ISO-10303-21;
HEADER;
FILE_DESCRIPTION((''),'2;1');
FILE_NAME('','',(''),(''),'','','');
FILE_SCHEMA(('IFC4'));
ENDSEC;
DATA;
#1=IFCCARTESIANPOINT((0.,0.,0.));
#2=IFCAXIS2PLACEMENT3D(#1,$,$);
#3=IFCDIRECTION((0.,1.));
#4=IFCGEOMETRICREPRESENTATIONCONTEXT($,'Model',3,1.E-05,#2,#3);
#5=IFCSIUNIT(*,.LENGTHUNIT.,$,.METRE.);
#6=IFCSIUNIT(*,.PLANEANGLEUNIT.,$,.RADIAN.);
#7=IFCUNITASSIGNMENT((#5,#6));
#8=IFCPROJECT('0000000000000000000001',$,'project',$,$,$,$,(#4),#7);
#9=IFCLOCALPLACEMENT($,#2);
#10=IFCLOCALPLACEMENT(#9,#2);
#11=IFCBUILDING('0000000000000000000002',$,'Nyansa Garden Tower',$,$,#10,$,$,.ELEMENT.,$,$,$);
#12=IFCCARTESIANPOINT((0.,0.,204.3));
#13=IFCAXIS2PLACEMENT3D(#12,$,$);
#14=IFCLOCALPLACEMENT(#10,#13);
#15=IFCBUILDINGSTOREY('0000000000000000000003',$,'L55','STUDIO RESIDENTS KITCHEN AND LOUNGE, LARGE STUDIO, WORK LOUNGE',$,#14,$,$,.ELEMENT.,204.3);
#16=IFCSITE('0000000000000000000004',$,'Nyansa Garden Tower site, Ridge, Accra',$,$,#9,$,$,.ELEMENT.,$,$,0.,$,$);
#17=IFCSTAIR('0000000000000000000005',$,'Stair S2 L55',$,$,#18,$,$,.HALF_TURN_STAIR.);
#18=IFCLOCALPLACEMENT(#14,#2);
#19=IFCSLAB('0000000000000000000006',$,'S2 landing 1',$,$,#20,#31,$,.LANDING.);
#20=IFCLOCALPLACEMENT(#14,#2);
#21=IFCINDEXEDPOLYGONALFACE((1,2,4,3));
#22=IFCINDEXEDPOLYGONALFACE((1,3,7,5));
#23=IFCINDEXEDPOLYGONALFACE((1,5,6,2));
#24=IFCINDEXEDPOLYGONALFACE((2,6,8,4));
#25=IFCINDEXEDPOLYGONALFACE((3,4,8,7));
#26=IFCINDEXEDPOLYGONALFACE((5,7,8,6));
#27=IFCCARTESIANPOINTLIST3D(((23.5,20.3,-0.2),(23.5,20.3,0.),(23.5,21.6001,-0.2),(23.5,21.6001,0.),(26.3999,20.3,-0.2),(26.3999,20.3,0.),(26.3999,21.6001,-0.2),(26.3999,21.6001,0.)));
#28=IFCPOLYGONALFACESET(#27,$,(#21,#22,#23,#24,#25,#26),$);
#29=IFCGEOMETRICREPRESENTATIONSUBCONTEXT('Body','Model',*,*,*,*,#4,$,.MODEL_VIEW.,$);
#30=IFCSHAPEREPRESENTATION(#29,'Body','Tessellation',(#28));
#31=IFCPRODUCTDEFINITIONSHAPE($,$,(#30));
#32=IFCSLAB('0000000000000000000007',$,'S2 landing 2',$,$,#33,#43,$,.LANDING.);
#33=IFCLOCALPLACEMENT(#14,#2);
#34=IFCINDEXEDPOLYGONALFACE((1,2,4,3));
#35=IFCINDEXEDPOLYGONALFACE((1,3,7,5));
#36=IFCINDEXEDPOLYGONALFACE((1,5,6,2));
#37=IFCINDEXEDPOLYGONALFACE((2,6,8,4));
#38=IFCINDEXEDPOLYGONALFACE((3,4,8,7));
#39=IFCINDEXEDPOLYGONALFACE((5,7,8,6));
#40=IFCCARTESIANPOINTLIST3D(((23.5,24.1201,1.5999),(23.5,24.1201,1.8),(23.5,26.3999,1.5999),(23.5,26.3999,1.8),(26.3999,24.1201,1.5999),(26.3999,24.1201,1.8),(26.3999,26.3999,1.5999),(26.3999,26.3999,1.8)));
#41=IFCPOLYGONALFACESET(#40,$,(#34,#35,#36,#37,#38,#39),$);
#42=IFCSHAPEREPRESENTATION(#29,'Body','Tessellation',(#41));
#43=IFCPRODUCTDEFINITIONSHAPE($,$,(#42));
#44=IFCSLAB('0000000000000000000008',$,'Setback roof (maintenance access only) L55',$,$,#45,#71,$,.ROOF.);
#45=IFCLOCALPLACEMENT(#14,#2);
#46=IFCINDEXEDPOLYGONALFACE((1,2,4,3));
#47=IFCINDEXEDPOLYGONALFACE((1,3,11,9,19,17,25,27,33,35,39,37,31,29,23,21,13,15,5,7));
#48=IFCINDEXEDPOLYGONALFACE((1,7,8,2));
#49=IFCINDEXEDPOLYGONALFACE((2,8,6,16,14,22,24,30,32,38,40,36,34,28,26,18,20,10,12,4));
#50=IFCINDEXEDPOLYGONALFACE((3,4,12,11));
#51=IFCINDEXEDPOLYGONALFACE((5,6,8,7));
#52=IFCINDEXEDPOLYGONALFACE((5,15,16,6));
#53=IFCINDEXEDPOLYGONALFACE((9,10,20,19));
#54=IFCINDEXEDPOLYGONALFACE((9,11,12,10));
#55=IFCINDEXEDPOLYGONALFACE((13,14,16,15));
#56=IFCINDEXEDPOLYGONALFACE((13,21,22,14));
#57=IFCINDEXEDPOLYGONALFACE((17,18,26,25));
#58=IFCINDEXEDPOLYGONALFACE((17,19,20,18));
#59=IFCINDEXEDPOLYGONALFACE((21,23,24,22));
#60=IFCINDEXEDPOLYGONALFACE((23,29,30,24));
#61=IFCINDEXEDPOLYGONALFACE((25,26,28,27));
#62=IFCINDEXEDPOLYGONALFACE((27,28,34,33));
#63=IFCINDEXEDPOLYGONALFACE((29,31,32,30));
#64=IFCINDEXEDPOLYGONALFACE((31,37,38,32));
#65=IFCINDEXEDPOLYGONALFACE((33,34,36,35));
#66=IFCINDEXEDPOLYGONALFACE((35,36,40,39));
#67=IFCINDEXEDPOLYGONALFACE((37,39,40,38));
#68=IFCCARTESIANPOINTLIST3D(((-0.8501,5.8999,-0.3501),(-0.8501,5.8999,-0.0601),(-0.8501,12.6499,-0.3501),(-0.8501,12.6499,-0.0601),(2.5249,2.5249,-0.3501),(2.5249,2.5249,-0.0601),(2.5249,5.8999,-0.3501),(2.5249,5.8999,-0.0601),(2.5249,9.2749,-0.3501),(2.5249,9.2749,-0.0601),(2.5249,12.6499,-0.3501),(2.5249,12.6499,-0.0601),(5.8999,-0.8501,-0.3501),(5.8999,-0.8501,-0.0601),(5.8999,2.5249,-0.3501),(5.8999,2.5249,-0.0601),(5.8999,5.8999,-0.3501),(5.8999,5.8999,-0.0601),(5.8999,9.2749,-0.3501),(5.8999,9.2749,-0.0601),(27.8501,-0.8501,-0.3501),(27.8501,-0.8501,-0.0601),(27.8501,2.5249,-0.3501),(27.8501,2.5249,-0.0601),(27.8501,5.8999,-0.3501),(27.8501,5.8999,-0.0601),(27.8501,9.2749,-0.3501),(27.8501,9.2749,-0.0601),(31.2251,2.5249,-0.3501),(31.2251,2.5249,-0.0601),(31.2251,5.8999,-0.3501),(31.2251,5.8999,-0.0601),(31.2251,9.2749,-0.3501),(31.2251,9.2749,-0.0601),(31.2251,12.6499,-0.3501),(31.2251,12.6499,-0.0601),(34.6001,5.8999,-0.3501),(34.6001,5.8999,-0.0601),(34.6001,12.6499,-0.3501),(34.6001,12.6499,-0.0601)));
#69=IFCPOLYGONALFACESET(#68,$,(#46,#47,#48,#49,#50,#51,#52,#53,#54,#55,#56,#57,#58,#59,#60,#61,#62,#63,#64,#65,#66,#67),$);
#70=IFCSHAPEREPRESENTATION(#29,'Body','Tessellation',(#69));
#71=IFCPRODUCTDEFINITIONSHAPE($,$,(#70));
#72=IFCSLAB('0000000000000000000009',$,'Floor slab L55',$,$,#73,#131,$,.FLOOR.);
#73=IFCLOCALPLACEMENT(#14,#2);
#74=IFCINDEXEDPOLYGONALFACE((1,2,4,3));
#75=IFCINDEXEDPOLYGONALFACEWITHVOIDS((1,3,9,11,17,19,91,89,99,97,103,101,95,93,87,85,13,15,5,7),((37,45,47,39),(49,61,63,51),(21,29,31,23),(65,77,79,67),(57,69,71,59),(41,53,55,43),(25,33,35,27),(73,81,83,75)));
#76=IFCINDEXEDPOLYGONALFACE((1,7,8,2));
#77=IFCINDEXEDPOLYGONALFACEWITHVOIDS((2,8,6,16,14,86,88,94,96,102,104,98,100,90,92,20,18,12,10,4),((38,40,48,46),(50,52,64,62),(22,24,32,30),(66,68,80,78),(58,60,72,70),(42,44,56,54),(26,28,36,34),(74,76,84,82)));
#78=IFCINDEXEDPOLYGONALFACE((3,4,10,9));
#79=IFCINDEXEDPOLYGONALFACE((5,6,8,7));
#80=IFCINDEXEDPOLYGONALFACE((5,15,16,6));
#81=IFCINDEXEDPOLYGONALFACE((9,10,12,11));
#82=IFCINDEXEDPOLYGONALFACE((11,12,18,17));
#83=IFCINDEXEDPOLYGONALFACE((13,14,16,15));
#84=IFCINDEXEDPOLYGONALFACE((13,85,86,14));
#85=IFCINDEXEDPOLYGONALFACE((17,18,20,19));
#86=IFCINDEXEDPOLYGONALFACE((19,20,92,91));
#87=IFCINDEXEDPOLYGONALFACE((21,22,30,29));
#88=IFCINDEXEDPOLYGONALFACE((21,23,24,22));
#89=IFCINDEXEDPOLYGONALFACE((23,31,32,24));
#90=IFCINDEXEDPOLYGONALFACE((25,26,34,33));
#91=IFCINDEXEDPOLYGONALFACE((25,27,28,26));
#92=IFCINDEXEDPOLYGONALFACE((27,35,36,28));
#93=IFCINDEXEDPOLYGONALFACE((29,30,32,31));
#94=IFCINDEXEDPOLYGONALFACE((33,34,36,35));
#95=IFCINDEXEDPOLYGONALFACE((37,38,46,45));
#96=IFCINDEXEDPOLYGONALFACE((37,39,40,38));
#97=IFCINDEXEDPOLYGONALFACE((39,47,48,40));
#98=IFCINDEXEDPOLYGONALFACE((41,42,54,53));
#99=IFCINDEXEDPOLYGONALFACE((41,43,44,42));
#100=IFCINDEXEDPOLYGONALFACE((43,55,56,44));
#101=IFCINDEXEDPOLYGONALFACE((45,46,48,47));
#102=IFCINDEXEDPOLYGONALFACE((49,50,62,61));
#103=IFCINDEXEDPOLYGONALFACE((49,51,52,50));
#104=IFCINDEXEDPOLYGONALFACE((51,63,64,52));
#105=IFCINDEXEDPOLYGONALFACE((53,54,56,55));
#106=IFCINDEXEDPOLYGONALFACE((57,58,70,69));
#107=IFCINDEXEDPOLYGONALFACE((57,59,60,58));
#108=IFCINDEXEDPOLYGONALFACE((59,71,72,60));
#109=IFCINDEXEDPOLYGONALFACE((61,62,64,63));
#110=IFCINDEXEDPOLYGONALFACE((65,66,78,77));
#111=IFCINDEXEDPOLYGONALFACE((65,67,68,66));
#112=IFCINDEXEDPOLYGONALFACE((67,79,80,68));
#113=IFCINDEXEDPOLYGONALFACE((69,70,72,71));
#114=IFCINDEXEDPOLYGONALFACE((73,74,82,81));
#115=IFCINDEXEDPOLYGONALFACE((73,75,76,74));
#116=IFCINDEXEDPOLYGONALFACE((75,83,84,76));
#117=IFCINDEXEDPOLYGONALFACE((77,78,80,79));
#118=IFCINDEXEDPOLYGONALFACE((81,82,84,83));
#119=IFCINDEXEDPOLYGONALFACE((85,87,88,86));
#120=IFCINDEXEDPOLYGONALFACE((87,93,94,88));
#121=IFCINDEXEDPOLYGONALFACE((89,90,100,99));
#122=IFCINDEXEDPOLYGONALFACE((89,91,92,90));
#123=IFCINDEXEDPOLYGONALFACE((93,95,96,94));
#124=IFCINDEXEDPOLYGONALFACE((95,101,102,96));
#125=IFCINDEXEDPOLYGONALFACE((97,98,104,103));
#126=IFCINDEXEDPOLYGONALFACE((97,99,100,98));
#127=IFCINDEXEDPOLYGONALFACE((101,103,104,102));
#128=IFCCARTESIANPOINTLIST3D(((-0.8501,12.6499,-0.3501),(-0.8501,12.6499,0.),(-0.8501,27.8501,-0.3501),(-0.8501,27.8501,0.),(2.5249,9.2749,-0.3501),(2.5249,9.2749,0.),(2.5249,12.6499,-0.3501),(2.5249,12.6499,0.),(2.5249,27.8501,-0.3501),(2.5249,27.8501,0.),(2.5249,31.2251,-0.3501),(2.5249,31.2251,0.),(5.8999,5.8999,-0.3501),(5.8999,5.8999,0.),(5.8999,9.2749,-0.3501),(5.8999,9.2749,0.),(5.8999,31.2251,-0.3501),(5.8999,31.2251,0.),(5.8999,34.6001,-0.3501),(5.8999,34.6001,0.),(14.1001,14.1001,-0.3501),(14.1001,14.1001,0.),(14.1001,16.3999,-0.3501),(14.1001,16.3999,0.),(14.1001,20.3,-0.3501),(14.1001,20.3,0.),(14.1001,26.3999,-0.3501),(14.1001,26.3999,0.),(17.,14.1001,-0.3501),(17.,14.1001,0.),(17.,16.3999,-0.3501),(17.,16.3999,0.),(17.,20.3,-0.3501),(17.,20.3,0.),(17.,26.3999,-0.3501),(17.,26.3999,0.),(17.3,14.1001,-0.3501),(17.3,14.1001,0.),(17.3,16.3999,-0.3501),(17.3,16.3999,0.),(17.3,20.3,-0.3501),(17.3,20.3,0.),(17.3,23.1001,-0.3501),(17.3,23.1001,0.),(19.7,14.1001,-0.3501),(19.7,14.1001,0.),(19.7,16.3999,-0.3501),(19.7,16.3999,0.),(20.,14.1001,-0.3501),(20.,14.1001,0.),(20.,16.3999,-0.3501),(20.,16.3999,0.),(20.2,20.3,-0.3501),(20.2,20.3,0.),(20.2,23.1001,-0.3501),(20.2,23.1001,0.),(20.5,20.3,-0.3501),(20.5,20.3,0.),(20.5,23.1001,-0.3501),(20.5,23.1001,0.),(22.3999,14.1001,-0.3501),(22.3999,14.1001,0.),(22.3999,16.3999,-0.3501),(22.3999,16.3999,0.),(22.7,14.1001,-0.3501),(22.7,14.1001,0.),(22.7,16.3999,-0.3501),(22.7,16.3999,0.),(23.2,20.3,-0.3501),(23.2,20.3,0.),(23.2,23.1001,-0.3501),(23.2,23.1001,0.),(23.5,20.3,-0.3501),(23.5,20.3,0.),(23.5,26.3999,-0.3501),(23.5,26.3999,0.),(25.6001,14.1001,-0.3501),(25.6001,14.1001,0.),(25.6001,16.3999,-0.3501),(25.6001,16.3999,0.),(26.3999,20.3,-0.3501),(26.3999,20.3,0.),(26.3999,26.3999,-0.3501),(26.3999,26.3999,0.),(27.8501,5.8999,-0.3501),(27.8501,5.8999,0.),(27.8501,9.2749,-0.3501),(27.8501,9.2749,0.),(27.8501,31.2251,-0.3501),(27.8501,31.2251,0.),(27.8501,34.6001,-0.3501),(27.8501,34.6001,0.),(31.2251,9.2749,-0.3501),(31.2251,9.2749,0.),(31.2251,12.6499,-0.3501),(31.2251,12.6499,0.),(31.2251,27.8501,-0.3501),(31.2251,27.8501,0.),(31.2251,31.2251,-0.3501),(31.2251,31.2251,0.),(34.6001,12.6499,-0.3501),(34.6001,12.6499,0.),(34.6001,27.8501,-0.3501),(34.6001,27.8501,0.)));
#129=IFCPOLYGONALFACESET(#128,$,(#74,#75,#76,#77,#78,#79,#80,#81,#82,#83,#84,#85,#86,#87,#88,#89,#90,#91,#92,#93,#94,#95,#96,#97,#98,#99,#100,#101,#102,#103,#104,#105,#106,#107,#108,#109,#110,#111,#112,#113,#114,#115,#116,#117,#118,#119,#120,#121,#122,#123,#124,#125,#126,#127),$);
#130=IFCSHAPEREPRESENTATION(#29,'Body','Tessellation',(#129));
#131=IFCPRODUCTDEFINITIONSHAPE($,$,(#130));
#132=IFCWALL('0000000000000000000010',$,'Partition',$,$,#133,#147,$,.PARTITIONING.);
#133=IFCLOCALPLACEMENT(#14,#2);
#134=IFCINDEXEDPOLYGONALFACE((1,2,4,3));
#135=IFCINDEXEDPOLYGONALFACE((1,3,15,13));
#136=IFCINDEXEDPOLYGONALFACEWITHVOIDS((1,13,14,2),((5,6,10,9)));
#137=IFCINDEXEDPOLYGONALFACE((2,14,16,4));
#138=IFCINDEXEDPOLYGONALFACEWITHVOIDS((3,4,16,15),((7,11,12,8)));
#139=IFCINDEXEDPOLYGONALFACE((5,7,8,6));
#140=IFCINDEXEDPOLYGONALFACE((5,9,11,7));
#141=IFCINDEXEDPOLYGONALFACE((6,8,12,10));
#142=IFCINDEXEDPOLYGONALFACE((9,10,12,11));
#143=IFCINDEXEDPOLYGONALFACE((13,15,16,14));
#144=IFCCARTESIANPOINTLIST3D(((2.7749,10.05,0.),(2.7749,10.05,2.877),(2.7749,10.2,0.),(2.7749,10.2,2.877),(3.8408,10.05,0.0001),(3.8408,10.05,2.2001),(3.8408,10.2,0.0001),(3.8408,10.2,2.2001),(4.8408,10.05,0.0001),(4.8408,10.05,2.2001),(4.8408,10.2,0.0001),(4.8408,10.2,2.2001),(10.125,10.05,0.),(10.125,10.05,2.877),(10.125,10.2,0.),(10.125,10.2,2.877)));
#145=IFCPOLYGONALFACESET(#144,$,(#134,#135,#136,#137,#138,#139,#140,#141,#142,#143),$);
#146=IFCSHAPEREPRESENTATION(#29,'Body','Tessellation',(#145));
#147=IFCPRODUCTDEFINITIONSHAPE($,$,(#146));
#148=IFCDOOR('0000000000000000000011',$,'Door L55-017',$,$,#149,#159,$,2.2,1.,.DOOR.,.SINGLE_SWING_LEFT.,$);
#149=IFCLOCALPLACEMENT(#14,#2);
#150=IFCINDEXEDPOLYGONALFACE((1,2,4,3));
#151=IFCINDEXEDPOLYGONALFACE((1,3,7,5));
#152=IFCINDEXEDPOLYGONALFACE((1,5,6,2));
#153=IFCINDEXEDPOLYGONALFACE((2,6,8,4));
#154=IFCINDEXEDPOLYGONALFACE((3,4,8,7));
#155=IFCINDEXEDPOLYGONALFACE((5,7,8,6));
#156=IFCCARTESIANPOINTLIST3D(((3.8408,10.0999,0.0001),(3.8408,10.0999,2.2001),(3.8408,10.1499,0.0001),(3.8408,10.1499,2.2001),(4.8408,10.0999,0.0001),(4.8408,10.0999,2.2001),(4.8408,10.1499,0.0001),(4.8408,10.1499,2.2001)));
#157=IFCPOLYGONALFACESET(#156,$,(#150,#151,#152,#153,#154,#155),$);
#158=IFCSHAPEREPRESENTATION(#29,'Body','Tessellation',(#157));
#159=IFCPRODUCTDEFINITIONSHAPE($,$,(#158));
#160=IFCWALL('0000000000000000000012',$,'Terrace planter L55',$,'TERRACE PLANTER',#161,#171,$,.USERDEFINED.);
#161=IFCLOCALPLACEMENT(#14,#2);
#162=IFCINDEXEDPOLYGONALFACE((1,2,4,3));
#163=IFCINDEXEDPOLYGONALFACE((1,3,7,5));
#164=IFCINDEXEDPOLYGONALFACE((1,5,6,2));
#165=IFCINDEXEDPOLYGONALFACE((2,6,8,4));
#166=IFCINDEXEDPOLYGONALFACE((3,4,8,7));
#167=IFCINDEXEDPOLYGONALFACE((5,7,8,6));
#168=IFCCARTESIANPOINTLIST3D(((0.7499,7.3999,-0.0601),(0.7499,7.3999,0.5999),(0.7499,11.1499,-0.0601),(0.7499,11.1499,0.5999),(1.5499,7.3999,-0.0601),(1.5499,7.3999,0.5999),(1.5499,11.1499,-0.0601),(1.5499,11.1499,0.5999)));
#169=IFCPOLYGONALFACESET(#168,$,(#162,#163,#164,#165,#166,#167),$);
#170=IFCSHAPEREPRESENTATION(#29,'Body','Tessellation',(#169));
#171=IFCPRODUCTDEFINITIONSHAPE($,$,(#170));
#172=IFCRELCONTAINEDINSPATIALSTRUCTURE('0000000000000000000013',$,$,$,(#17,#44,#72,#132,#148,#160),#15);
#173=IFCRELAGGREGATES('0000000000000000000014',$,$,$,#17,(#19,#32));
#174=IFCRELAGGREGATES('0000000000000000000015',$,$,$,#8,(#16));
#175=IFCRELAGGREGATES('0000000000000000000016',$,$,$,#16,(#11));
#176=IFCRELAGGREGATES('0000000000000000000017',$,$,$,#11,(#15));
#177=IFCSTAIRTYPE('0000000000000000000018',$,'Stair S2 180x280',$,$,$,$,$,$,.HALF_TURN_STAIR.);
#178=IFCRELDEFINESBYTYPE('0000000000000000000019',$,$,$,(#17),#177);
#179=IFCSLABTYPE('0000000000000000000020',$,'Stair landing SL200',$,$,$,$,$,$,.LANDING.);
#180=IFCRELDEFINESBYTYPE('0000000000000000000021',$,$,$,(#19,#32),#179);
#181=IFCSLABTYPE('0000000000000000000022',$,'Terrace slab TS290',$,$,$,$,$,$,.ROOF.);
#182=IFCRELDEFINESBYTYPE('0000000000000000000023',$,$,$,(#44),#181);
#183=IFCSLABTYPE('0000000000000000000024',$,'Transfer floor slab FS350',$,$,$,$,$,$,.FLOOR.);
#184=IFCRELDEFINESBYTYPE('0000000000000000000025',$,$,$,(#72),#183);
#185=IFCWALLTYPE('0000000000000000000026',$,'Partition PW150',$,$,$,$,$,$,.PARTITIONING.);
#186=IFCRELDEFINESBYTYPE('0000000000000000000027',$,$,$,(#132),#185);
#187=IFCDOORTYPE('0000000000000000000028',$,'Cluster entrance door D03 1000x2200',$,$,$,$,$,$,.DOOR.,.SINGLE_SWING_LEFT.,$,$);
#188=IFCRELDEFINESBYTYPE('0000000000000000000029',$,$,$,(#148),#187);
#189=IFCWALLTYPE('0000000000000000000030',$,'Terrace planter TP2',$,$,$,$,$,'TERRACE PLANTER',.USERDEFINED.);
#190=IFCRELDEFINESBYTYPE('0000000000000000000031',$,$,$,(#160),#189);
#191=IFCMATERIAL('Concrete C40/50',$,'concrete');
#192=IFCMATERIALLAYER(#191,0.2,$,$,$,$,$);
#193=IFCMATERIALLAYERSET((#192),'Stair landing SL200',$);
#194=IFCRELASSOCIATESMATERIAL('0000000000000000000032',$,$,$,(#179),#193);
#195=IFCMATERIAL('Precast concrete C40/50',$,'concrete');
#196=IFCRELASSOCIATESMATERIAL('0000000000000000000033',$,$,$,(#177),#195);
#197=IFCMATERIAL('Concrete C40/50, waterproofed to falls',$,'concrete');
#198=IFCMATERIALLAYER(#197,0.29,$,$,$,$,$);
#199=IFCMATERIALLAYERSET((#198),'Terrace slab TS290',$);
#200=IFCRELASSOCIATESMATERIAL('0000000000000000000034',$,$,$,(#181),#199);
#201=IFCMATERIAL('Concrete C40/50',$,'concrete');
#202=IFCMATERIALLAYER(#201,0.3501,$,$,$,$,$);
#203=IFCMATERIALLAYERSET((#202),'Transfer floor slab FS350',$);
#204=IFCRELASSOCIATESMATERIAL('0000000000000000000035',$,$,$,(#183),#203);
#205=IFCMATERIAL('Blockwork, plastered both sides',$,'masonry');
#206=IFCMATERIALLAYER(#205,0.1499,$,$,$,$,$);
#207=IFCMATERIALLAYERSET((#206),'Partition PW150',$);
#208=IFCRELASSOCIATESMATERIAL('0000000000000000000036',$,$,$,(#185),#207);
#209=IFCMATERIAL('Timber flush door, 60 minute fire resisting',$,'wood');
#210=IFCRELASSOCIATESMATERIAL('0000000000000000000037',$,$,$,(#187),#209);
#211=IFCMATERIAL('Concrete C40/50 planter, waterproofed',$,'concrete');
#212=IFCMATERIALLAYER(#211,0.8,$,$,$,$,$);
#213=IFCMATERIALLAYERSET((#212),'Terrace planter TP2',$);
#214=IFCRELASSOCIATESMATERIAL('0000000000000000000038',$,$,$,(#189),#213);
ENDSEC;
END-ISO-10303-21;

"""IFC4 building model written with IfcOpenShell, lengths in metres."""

from ifc_helpers import new_model, si_unit, direction, frame, frame_2d, origin, place, context, subcontext, project, spatial, polyline, rectangle, outline, extrude, material, layer, layer_set, type_object, element, fill, aggregate, save


model = new_model("IFC4")

# Units and contexts
model_context = context("Model", 3, precision=1e-05, world=origin(), true_north=direction((0.0, 1.0)))
body_context = subcontext(model_context, "Body", "Model", "MODEL_VIEW")
ifc_project = project(units=[si_unit("LENGTHUNIT", "METRE"), si_unit("PLANEANGLEUNIT", "RADIAN")], contexts=[model_context])

# Site, building, storey
site_placement = place(None, origin())
site = spatial("IfcSite", under=ifc_project, at=site_placement, Name="Nyansa Garden Tower site, Ridge, Accra", CompositionType="ELEMENT", RefElevation=0.0)
building_placement = place(site_placement, origin())
building = spatial("IfcBuilding", under=site, at=building_placement, Name="Nyansa Garden Tower", CompositionType="ELEMENT")
storey_placement = place(building_placement, frame((0.0, 0.0, 204.3)))
storey = spatial("IfcBuildingStorey", under=building, at=storey_placement, Name="L55", Description="STUDIO RESIDENTS KITCHEN AND LOUNGE, LARGE STUDIO, WORK LOUNGE", CompositionType="ELEMENT", Elevation=204.3)

# Stair, slabs
ifc_material_1 = material(Name="Concrete C40/50", Category="concrete")
ifc_layer_1 = layer(ifc_material_1, 0.2)
ifc_layer_set_1 = layer_set([ifc_layer_1], Name="Stair landing SL200")
slab_type_1 = type_object("IfcSlabType", Name="Stair landing SL200", PredefinedType="LANDING", material=ifc_layer_set_1)
ifc_material_2 = material(Name="Precast concrete C40/50", Category="concrete")
stair_type_1 = type_object("IfcStairType", Name="Stair S2 180x280", PredefinedType="HALF_TURN_STAIR", material=ifc_material_2)
stair_1_placement = place(storey_placement, origin())
stair_1 = element("IfcStair", 1, at=stair_1_placement, inside=storey, type_object=stair_type_1, Name="Stair S2 L55", PredefinedType="HALF_TURN_STAIR")
slab_1_placement = place(storey_placement, frame((0.0, 0.0, -0.2)))
slab_1 = element("IfcSlab", 2, at=slab_1_placement, type_object=slab_type_1, Name="S2 landing 1", PredefinedType="LANDING", context=body_context, shape_type="SweptSolid", body=[
    extrude(outline(polyline([(23.5, 20.3), (26.3999, 20.3), (26.3999, 21.6001), (23.5, 21.6001), (23.5, 20.3)])), origin(), (0.0, 0.0, 1.0), 0.2),
])
slab_2_placement = place(storey_placement, frame((0.0, 0.0, 1.5999)))
slab_2 = element("IfcSlab", 3, at=slab_2_placement, type_object=slab_type_1, Name="S2 landing 2", PredefinedType="LANDING", context=body_context, shape_type="SweptSolid", body=[
    extrude(outline(polyline([(23.5, 24.1201), (26.3999, 24.1201), (26.3999, 26.3999), (23.5, 26.3999), (23.5, 24.1201)])), origin(), (0.0, 0.0, 1.0), 0.2002),
])
aggregate(stair_1, [slab_1, slab_2])

# Slabs
ifc_material_3 = material(Name="Concrete C40/50, waterproofed to falls", Category="concrete")
ifc_layer_2 = layer(ifc_material_3, 0.29)
ifc_layer_set_2 = layer_set([ifc_layer_2], Name="Terrace slab TS290")
slab_type_2 = type_object("IfcSlabType", Name="Terrace slab TS290", PredefinedType="ROOF", material=ifc_layer_set_2)
slab_3_placement = place(storey_placement, frame((0.0, 0.0, -0.3501)))
element("IfcSlab", 4, at=slab_3_placement, inside=storey, type_object=slab_type_2, Name="Setback roof (maintenance access only) L55", PredefinedType="ROOF", context=body_context, shape_type="SweptSolid", body=[
    extrude(outline(polyline([(31.2251, 5.8999), (31.2251, 2.5249), (27.8501, 2.5249), (27.8501, -0.8501), (5.8999, -0.8501), (5.8999, 2.5249), (2.5249, 2.5249), (2.5249, 5.8999), (-0.8501, 5.8999), (-0.8501, 12.6499), (2.5249, 12.6499), (2.5249, 9.2749), (5.8999, 9.2749), (5.8999, 5.8999), (27.8501, 5.8999), (27.8501, 9.2749), (31.2251, 9.2749), (31.2251, 12.6499), (34.6001, 12.6499), (34.6001, 5.8999), (31.2251, 5.8999)])), origin(), (0.0, 0.0, 1.0), 0.29),
])
ifc_material_4 = material(Name="Concrete C40/50", Category="concrete")
ifc_layer_3 = layer(ifc_material_4, 0.3501)
ifc_layer_set_3 = layer_set([ifc_layer_3], Name="Transfer floor slab FS350")
slab_type_3 = type_object("IfcSlabType", Name="Transfer floor slab FS350", PredefinedType="FLOOR", material=ifc_layer_set_3)
slab_4_placement = place(storey_placement, frame((0.0, 0.0, -0.3501)))
element("IfcSlab", 5, at=slab_4_placement, inside=storey, type_object=slab_type_3, Name="Floor slab L55", PredefinedType="FLOOR", context=body_context, shape_type="SweptSolid", body=[
    extrude(outline(polyline([(34.6001, 12.6499), (31.2251, 12.6499), (31.2251, 9.2749), (27.8501, 9.2749), (27.8501, 5.8999), (5.8999, 5.8999), (5.8999, 9.2749), (2.5249, 9.2749), (2.5249, 12.6499), (-0.8501, 12.6499), (-0.8501, 27.8501), (2.5249, 27.8501), (2.5249, 31.2251), (5.8999, 31.2251), (5.8999, 34.6001), (27.8501, 34.6001), (27.8501, 31.2251), (31.2251, 31.2251), (31.2251, 27.8501), (34.6001, 27.8501), (34.6001, 12.6499)]), holes=[polyline([(14.1001, 14.1001), (17.0, 14.1001), (17.0, 16.3999), (14.1001, 16.3999), (14.1001, 14.1001)]), polyline([(17.3, 14.1001), (19.7, 14.1001), (19.7, 16.3999), (17.3, 16.3999), (17.3, 14.1001)]), polyline([(20.0, 14.1001), (22.3999, 14.1001), (22.3999, 16.3999), (20.0, 16.3999), (20.0, 14.1001)]), polyline([(22.7, 14.1001), (25.6001, 14.1001), (25.6001, 16.3999), (22.7, 16.3999), (22.7, 14.1001)]), polyline([(17.3, 20.3), (20.2, 20.3), (20.2, 23.1001), (17.3, 23.1001), (17.3, 20.3)]), polyline([(20.5, 20.3), (23.2, 20.3), (23.2, 23.1001), (20.5, 23.1001), (20.5, 20.3)]), polyline([(14.1001, 20.3), (17.0, 20.3), (17.0, 26.3999), (14.1001, 26.3999), (14.1001, 20.3)]), polyline([(23.5, 20.3), (26.3999, 20.3), (26.3999, 26.3999), (23.5, 26.3999), (23.5, 20.3)])]), origin(), (0.0, 0.0, 1.0), 0.3501),
])

# Wall, opening, door
ifc_material_5 = material(Name="Blockwork, plastered both sides", Category="masonry")
ifc_layer_4 = layer(ifc_material_5, 0.1499)
ifc_layer_set_4 = layer_set([ifc_layer_4], Name="Partition PW150")
wall_type_1 = type_object("IfcWallType", Name="Partition PW150", PredefinedType="PARTITIONING", material=ifc_layer_set_4)
wall_1_placement = place(storey_placement, frame((2.7749, 10.125, 0.0), z_axis=(0.0, 0.0, 1.0), x_axis=(1.0, 0.0, 0.0)))
wall_1 = element("IfcWall", 6, at=wall_1_placement, inside=storey, type_object=wall_type_1, Name="Partition", PredefinedType="PARTITIONING", context=body_context, shape_type="SweptSolid", body=[
    extrude(rectangle(XDim=7.3501, YDim=0.1499, at=frame_2d((3.675, 0.0))), origin(), (0.0, 0.0, 1.0), 2.877),
])
opening_1_placement = place(wall_1_placement, frame((1.0659, 0.0, 0.0)))
opening_1 = element("IfcOpeningElement", 7, at=opening_1_placement, cuts=wall_1, PredefinedType="OPENING", context=body_context, shape_type="SweptSolid", body=[
    extrude(rectangle(XDim=1.0, YDim=2.2, at=frame_2d((0.5, 1.1001))), frame((0.0, 0.085, 0.0), z_axis=(0.0, -1.0, 0.0), x_axis=(1.0, 0.0, 0.0)), (0.0, 0.0, 1.0), 0.1699),
])
ifc_material_6 = material(Name="Timber flush door, 60 minute fire resisting", Category="wood")
door_type = type_object("IfcDoorType", Name="Cluster entrance door D03 1000x2200", OperationType="SINGLE_SWING_LEFT", PredefinedType="DOOR", material=ifc_material_6)
door_placement = place(opening_1_placement, origin())
door = element("IfcDoor", 8, at=door_placement, inside=storey, type_object=door_type, Name="Door L55-017", OperationType="SINGLE_SWING_LEFT", OverallHeight=2.2, OverallWidth=1.0, PredefinedType="DOOR", context=body_context, shape_type="SweptSolid", body=[
    extrude(rectangle(XDim=1.0, YDim=2.2, at=frame_2d((0.5, 1.1001))), frame((0.0, 0.0249, 0.0), z_axis=(0.0, -1.0, 0.0), x_axis=(1.0, 0.0, 0.0)), (0.0, 0.0, 1.0), 0.05),
])
fill(opening_1, door)

# Wall
ifc_material_7 = material(Name="Concrete C40/50 planter, waterproofed", Category="concrete")
ifc_layer_5 = layer(ifc_material_7, 0.8)
ifc_layer_set_5 = layer_set([ifc_layer_5], Name="Terrace planter TP2")
wall_type_2 = type_object("IfcWallType", Name="Terrace planter TP2", ElementType="TERRACE PLANTER", PredefinedType="USERDEFINED", material=ifc_layer_set_5)
wall_2_placement = place(storey_placement, frame((1.1499, 7.3999, -0.0601), z_axis=(0.0, 0.0, 1.0), x_axis=(0.0, 1.0, 0.0)))
element("IfcWall", 9, at=wall_2_placement, inside=storey, type_object=wall_type_2, Name="Terrace planter L55", ObjectType="TERRACE PLANTER", PredefinedType="USERDEFINED", context=body_context, shape_type="SweptSolid", body=[
    extrude(rectangle(XDim=3.75, YDim=0.8, at=frame_2d((1.875, 0.0))), origin(), (0.0, 0.0, 1.0), 0.6599),
])

save(model, "model.ifc")
